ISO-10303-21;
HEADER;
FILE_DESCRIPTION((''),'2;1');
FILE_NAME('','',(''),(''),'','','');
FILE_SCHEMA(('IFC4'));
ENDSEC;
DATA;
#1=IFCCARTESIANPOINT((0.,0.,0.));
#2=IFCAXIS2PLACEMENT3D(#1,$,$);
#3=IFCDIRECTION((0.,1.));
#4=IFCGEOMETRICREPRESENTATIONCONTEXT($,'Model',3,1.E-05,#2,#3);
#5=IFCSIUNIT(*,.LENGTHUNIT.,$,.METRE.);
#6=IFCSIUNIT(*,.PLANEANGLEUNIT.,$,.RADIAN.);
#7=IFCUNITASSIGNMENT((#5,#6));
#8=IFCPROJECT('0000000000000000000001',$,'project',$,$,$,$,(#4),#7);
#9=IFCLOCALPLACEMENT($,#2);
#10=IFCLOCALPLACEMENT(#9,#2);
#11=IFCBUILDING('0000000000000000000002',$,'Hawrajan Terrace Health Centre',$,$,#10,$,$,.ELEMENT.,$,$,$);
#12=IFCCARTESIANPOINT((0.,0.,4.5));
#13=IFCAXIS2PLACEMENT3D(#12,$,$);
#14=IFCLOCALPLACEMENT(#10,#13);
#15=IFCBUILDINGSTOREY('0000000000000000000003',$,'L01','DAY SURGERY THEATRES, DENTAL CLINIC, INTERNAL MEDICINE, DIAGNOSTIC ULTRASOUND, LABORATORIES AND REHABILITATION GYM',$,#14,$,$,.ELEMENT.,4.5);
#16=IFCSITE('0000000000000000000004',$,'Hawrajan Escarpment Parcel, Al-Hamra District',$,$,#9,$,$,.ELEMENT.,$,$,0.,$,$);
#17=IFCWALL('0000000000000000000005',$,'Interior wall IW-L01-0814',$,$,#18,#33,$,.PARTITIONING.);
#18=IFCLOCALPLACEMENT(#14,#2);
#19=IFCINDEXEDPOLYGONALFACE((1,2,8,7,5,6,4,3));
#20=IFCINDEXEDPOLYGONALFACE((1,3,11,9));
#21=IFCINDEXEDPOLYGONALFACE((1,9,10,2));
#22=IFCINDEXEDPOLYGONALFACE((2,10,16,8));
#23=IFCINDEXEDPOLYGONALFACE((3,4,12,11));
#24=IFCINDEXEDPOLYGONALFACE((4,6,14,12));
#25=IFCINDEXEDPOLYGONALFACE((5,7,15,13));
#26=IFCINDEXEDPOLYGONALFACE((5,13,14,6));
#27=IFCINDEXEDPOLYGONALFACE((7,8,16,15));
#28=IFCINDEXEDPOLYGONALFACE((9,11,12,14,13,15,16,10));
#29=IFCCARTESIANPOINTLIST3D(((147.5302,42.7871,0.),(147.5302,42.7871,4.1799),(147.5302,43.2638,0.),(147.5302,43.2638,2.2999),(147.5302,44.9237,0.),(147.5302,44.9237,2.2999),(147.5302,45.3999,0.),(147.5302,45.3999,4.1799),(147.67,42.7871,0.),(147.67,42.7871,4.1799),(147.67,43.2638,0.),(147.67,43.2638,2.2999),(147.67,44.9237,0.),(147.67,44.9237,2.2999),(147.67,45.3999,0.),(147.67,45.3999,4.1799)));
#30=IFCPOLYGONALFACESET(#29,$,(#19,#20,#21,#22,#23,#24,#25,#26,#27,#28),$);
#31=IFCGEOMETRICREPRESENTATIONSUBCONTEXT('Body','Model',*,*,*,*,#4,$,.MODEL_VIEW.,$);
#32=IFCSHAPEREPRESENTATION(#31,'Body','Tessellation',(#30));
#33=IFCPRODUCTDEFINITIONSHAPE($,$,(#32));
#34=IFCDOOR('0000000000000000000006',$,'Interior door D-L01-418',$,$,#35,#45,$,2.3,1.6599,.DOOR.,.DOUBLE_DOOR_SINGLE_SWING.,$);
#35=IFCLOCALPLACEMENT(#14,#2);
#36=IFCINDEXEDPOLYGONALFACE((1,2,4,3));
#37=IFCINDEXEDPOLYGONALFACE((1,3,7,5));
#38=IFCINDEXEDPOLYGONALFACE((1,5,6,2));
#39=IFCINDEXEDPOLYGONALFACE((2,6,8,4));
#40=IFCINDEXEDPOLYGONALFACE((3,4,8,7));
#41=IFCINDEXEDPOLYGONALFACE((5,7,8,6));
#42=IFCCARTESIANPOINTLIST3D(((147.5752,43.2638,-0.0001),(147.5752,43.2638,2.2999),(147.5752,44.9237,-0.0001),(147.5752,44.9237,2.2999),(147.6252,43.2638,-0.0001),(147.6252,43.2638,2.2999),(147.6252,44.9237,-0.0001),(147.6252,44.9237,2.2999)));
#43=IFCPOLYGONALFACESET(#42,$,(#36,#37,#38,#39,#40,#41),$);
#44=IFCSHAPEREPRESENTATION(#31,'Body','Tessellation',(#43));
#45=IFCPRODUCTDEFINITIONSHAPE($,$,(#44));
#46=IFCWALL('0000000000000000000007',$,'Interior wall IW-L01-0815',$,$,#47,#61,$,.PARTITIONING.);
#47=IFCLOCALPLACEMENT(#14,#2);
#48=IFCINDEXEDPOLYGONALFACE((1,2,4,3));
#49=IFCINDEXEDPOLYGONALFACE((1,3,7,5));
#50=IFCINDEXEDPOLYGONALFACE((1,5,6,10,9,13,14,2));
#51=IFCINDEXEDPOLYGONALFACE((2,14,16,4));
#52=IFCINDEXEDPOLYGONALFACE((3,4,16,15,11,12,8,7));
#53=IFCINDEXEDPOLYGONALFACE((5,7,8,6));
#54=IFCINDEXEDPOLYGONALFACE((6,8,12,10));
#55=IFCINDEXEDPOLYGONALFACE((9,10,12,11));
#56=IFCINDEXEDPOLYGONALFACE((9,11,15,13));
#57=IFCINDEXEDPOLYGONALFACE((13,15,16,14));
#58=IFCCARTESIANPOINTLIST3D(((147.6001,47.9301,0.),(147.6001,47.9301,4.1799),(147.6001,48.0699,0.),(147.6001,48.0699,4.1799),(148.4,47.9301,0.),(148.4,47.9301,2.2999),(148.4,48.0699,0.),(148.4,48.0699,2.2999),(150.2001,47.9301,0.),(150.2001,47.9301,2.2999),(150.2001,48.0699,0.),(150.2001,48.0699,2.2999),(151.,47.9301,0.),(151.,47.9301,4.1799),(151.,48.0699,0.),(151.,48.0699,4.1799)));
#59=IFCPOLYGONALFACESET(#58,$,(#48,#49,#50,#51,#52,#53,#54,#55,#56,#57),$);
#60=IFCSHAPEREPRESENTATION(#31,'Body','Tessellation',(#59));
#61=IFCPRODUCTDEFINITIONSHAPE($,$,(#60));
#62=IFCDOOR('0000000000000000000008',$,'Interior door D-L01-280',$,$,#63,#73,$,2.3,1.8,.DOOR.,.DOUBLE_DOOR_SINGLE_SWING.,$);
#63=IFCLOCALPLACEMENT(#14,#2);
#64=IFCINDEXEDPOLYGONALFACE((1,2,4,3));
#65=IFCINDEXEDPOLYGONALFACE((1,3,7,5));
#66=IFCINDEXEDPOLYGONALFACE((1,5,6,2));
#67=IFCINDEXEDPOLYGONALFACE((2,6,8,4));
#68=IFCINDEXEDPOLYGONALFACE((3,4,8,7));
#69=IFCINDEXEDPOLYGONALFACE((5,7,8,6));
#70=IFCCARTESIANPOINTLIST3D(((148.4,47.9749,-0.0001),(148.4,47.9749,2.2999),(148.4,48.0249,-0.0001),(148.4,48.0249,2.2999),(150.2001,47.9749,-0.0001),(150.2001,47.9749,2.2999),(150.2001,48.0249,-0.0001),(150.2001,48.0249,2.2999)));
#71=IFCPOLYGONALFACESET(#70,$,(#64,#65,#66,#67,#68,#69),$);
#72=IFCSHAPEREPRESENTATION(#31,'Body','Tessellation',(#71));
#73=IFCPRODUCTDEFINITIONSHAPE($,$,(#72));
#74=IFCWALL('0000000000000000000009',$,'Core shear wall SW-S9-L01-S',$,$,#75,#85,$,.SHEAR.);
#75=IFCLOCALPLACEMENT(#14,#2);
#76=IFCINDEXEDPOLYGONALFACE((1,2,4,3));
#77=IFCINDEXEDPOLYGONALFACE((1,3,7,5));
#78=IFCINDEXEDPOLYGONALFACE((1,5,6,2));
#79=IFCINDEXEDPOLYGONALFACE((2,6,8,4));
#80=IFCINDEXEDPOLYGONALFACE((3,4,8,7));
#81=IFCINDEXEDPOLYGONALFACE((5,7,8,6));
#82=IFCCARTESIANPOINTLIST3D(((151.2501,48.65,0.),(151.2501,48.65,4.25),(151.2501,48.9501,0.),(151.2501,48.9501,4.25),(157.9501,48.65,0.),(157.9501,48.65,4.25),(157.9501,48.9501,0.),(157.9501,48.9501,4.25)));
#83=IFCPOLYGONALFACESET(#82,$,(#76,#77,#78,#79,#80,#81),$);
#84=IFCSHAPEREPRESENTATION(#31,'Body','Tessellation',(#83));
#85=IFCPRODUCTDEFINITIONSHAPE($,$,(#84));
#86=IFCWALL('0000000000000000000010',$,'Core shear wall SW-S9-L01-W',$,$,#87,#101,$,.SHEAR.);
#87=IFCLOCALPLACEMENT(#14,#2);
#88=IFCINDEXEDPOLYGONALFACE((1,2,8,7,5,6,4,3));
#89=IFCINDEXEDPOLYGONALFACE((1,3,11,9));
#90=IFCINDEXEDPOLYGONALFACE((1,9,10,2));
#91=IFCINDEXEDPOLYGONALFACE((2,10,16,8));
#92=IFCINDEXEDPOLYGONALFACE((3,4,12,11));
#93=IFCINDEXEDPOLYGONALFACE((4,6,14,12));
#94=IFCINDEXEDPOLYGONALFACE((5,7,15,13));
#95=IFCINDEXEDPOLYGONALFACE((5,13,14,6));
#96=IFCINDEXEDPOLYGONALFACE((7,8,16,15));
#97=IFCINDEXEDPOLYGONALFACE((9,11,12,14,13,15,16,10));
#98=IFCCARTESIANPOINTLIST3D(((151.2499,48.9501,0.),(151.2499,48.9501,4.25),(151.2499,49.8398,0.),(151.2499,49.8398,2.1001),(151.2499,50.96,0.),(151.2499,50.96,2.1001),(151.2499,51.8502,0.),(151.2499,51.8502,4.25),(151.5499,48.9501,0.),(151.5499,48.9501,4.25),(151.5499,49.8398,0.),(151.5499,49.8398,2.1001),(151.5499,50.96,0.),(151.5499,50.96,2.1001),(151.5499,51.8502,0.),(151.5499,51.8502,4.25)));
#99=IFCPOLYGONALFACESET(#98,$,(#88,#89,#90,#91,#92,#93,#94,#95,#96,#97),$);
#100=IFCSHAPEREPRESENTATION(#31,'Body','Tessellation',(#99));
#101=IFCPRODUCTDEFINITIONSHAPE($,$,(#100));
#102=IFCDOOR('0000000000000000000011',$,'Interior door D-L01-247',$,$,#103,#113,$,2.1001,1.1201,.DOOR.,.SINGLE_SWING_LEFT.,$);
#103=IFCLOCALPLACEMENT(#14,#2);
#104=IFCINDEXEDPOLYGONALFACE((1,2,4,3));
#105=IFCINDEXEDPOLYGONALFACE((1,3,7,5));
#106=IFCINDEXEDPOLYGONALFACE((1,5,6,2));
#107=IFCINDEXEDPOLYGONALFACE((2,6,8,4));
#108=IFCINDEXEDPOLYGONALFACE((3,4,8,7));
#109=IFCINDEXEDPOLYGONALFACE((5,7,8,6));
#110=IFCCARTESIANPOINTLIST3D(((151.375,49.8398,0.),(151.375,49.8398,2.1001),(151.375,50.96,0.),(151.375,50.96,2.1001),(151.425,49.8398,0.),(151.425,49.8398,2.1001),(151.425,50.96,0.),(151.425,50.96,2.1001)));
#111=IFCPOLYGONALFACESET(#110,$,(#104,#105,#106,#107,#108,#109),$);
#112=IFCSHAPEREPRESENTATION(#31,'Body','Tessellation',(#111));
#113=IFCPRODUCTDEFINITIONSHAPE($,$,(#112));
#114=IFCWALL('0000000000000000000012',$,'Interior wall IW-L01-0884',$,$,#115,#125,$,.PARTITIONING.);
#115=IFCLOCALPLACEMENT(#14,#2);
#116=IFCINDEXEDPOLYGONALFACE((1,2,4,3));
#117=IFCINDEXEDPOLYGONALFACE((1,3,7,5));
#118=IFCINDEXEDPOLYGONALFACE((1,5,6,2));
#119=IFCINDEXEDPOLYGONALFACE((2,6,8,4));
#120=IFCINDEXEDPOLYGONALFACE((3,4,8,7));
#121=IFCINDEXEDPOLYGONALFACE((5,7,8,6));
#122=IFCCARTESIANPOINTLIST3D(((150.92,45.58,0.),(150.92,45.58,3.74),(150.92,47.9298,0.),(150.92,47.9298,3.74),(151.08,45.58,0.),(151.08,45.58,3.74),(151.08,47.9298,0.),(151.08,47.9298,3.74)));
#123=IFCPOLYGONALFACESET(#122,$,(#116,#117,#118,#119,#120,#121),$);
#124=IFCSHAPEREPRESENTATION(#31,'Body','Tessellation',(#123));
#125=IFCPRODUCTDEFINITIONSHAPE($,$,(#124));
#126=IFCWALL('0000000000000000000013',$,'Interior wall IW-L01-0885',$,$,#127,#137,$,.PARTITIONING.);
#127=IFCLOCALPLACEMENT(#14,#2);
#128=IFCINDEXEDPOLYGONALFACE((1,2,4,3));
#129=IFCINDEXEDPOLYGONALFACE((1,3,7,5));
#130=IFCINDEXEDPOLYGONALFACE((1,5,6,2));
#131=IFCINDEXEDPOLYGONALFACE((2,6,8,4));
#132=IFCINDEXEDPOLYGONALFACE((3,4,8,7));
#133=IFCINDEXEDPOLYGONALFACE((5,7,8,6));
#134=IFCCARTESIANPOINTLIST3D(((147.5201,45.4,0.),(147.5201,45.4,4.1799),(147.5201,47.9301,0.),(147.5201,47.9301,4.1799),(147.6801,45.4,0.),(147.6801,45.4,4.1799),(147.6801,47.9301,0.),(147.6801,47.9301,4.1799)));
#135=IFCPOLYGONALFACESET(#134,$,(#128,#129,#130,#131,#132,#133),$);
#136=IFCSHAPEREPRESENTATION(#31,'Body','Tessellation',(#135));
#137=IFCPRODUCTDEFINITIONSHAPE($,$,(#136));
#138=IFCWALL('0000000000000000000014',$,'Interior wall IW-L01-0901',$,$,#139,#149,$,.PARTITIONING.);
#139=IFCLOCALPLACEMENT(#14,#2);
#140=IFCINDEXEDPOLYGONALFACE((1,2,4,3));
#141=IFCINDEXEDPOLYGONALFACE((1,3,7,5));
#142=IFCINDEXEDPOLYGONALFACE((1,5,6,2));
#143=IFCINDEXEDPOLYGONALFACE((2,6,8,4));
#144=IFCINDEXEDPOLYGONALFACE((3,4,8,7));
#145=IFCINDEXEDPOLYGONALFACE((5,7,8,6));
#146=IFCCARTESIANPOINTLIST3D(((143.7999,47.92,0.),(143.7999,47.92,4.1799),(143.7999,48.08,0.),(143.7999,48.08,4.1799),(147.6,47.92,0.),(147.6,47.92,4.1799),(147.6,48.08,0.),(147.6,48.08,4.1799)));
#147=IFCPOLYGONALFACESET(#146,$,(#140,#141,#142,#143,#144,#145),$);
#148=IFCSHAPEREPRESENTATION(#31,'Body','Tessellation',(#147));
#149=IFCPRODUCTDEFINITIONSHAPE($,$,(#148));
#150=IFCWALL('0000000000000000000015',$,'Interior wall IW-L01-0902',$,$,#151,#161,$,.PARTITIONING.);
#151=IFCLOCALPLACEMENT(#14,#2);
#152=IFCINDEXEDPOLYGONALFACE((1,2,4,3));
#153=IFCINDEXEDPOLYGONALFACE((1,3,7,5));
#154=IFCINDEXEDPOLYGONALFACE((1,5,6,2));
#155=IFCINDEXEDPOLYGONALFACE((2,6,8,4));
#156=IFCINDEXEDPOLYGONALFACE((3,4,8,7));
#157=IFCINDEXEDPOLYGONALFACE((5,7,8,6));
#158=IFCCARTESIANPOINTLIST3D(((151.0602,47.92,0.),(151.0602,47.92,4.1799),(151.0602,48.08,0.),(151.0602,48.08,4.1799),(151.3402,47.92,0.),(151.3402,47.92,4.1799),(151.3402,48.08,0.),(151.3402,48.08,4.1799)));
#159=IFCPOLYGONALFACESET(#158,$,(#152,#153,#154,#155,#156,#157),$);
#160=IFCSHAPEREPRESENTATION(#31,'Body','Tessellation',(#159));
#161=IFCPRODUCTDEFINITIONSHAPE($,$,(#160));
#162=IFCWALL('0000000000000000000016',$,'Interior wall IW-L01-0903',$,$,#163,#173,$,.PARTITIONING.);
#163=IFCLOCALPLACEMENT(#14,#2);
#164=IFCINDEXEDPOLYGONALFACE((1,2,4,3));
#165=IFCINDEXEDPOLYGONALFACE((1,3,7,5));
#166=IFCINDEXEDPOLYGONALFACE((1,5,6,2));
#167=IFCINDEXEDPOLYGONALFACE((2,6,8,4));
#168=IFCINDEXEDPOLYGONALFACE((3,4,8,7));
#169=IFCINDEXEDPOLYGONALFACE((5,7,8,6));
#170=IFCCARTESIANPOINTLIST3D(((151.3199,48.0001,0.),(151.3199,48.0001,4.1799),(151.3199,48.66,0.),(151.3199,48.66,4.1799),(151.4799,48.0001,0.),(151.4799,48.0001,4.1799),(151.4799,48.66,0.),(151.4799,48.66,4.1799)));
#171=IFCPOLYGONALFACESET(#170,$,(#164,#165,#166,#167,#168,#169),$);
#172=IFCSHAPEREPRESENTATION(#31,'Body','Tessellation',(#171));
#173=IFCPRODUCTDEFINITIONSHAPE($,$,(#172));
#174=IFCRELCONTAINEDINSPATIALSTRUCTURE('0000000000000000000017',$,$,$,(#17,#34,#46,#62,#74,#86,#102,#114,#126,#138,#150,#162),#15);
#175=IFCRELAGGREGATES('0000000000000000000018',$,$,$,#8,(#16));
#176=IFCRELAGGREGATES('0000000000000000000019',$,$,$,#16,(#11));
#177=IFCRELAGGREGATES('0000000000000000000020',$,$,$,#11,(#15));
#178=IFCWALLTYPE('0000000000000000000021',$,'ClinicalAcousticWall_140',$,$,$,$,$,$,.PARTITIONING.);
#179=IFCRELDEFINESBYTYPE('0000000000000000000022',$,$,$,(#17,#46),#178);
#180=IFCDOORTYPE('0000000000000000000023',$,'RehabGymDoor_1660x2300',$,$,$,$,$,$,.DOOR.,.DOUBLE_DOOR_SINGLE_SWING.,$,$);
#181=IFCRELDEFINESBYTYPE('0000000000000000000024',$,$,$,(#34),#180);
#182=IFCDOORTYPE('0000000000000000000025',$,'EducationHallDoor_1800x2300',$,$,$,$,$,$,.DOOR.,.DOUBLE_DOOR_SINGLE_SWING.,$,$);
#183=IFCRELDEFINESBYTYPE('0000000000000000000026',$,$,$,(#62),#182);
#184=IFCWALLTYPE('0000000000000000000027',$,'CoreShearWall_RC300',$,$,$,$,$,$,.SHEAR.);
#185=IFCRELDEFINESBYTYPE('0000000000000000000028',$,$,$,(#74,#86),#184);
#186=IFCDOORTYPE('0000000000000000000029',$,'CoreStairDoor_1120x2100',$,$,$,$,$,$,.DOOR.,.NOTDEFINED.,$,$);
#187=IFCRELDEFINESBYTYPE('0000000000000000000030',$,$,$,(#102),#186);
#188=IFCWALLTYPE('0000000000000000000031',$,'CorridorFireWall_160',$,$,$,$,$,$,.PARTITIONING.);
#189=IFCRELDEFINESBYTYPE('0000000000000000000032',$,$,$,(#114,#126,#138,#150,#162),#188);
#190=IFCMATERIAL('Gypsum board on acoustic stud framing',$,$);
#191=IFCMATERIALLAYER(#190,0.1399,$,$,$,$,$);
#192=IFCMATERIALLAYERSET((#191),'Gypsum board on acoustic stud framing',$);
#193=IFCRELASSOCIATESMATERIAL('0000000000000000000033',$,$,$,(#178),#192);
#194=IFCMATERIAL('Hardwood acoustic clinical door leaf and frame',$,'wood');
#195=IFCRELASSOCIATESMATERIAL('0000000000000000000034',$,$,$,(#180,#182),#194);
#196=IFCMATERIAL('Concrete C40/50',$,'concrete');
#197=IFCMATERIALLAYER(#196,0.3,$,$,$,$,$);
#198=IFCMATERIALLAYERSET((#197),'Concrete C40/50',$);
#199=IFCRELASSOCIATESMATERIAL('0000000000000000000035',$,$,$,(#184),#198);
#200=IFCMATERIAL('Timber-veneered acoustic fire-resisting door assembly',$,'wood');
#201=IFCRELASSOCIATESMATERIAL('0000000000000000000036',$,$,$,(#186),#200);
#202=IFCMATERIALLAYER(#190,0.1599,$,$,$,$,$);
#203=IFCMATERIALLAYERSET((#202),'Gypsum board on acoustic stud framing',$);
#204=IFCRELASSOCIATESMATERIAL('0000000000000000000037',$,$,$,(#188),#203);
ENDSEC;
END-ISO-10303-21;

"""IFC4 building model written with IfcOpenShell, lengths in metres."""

from ifc_helpers import new_model, si_unit, direction, frame, frame_2d, origin, place, context, subcontext, project, spatial, rectangle, extrude, material, layer, layer_set, type_object, element, fill, save


model = new_model("IFC4")

# Units and contexts
model_context = context("Model", 3, precision=1e-05, world=origin(), true_north=direction((0.0, 1.0)))
body_context = subcontext(model_context, "Body", "Model", "MODEL_VIEW")
ifc_project = project(units=[si_unit("LENGTHUNIT", "METRE"), si_unit("PLANEANGLEUNIT", "RADIAN")], contexts=[model_context])

# Site, building, storey
site_placement = place(None, origin())
site = spatial("IfcSite", under=ifc_project, at=site_placement, Name="Hawrajan Escarpment Parcel, Al-Hamra District", CompositionType="ELEMENT", RefElevation=0.0)
building_placement = place(site_placement, origin())
building = spatial("IfcBuilding", under=site, at=building_placement, Name="Hawrajan Terrace Health Centre", CompositionType="ELEMENT")
storey_placement = place(building_placement, frame((0.0, 0.0, 4.5)))
storey = spatial("IfcBuildingStorey", under=building, at=storey_placement, Name="L01", Description="DAY SURGERY THEATRES, DENTAL CLINIC, INTERNAL MEDICINE, DIAGNOSTIC ULTRASOUND, LABORATORIES AND REHABILITATION GYM", CompositionType="ELEMENT", Elevation=4.5)

# Shared definitions
ifc_material_1 = material(Name="Concrete C40/50", Category="concrete")

# Shared definitions
ifc_material_2 = material(Name="Gypsum board on acoustic stud framing")
ifc_layer_1 = layer(ifc_material_2, 0.1399)
ifc_layer_set_1 = layer_set([ifc_layer_1], Name="Gypsum board on acoustic stud framing")
wall_type_1 = type_object("IfcWallType", Name="ClinicalAcousticWall_140", PredefinedType="PARTITIONING", material=ifc_layer_set_1)

# Walls, openings, doors
wall_1_placement = place(storey_placement, frame((147.6001, 42.7871, 0.0), z_axis=(0.0, 0.0, 1.0), x_axis=(0.0, 1.0, 0.0)))
wall_1 = element("IfcWall", 1, at=wall_1_placement, inside=storey, type_object=wall_type_1, Name="Interior wall IW-L01-0814", PredefinedType="PARTITIONING", context=body_context, shape_type="SweptSolid", body=[
    extrude(rectangle(XDim=2.6128, YDim=0.1399, at=frame_2d((1.3064, 0.0))), origin(), (0.0, 0.0, 1.0), 4.1799),
])
opening_1_placement = place(wall_1_placement, frame((0.4766, 0.0, 0.0)))
opening_1 = element("IfcOpeningElement", 2, at=opening_1_placement, cuts=wall_1, PredefinedType="OPENING", context=body_context, shape_type="SweptSolid", body=[
    extrude(rectangle(XDim=1.6599, YDim=2.3, at=frame_2d((0.8301, 1.1499))), frame((0.0, 0.0798, 0.0), z_axis=(0.0, -1.0, 0.0), x_axis=(1.0, 0.0, 0.0)), (0.0, 0.0, 1.0), 0.1599),
])
ifc_material_3 = material(Name="Hardwood acoustic clinical door leaf and frame", Category="wood")
door_type_1 = type_object("IfcDoorType", Name="RehabGymDoor_1660x2300", OperationType="DOUBLE_DOOR_SINGLE_SWING", PredefinedType="DOOR", material=ifc_material_3)
door_1_placement = place(opening_1_placement, origin())
door_1 = element("IfcDoor", 3, at=door_1_placement, inside=storey, type_object=door_type_1, Name="Interior door D-L01-418", OperationType="DOUBLE_DOOR_SINGLE_SWING", OverallHeight=2.3, OverallWidth=1.6599, PredefinedType="DOOR", context=body_context, shape_type="SweptSolid", body=[
    extrude(rectangle(XDim=1.6599, YDim=2.3, at=frame_2d((0.8301, 1.1499))), frame((0.0, 0.0249, 0.0), z_axis=(0.0, -1.0, 0.0), x_axis=(1.0, 0.0, 0.0)), (0.0, 0.0, 1.0), 0.05),
])
fill(opening_1, door_1)
wall_2_placement = place(storey_placement, frame((147.6001, 48.0, 0.0), z_axis=(0.0, 0.0, 1.0), x_axis=(1.0, 0.0, 0.0)))
wall_2 = element("IfcWall", 4, at=wall_2_placement, inside=storey, type_object=wall_type_1, Name="Interior wall IW-L01-0815", PredefinedType="PARTITIONING", context=body_context, shape_type="SweptSolid", body=[
    extrude(rectangle(XDim=3.3999, YDim=0.1399, at=frame_2d((1.7, 0.0))), origin(), (0.0, 0.0, 1.0), 4.1799),
])
opening_2_placement = place(wall_2_placement, frame((0.8, 0.0, 0.0)))
opening_2 = element("IfcOpeningElement", 5, at=opening_2_placement, cuts=wall_2, PredefinedType="OPENING", context=body_context, shape_type="SweptSolid", body=[
    extrude(rectangle(XDim=1.8, YDim=2.3, at=frame_2d((0.8999, 1.1499))), frame((0.0, 0.0798, 0.0), z_axis=(0.0, -1.0, 0.0), x_axis=(1.0, 0.0, 0.0)), (0.0, 0.0, 1.0), 0.1599),
])
door_type_2 = type_object("IfcDoorType", Name="EducationHallDoor_1800x2300", OperationType="DOUBLE_DOOR_SINGLE_SWING", PredefinedType="DOOR", material=ifc_material_3)
door_2_placement = place(opening_2_placement, origin())
door_2 = element("IfcDoor", 6, at=door_2_placement, inside=storey, type_object=door_type_2, Name="Interior door D-L01-280", OperationType="DOUBLE_DOOR_SINGLE_SWING", OverallHeight=2.3, OverallWidth=1.8, PredefinedType="DOOR", context=body_context, shape_type="SweptSolid", body=[
    extrude(rectangle(XDim=1.8, YDim=2.3, at=frame_2d((0.8999, 1.1499))), frame((0.0, 0.0249, 0.0), z_axis=(0.0, -1.0, 0.0), x_axis=(1.0, 0.0, 0.0)), (0.0, 0.0, 1.0), 0.05),
])
fill(opening_2, door_2)

# Wall
ifc_layer_2 = layer(ifc_material_1, 0.3)
ifc_layer_set_2 = layer_set([ifc_layer_2], Name="Concrete C40/50")
wall_type_2 = type_object("IfcWallType", Name="CoreShearWall_RC300", PredefinedType="SHEAR", material=ifc_layer_set_2)
wall_3_placement = place(storey_placement, frame((151.25, 48.8, 0.0), z_axis=(0.0, 0.0, 1.0), x_axis=(1.0, 0.0, 0.0)))
element("IfcWall", 7, at=wall_3_placement, inside=storey, type_object=wall_type_2, Name="Core shear wall SW-S9-L01-S", PredefinedType="SHEAR", context=body_context, shape_type="SweptSolid", body=[
    extrude(rectangle(XDim=6.7, YDim=0.3, at=frame_2d((3.3501, 0.0))), origin(), (0.0, 0.0, 1.0), 4.25),
])

# Wall, opening, door
wall_4_placement = place(storey_placement, frame((151.3999, 48.95, 0.0), z_axis=(0.0, 0.0, 1.0), x_axis=(0.0, 1.0, 0.0)))
wall_4 = element("IfcWall", 8, at=wall_4_placement, inside=storey, type_object=wall_type_2, Name="Core shear wall SW-S9-L01-W", PredefinedType="SHEAR", context=body_context, shape_type="SweptSolid", body=[
    extrude(rectangle(XDim=2.9001, YDim=0.3, at=frame_2d((1.4502, 0.0))), origin(), (0.0, 0.0, 1.0), 4.25),
])
opening_3_placement = place(wall_4_placement, frame((0.8899, 0.0, 0.0)))
opening_3 = element("IfcOpeningElement", 9, at=opening_3_placement, cuts=wall_4, PredefinedType="OPENING", context=body_context, shape_type="SweptSolid", body=[
    extrude(rectangle(XDim=1.1201, YDim=2.1001, at=frame_2d((0.5601, 1.05))), frame((0.0, 0.1599, 0.0), z_axis=(0.0, -1.0, 0.0), x_axis=(1.0, 0.0, 0.0)), (0.0, 0.0, 1.0), 0.3201),
])
ifc_material_4 = material(Name="Timber-veneered acoustic fire-resisting door assembly", Category="wood")
door_type_3 = type_object("IfcDoorType", Name="CoreStairDoor_1120x2100", OperationType="NOTDEFINED", PredefinedType="DOOR", material=ifc_material_4)
door_3_placement = place(opening_3_placement, origin())
door_3 = element("IfcDoor", 10, at=door_3_placement, inside=storey, type_object=door_type_3, Name="Interior door D-L01-247", OperationType="SINGLE_SWING_LEFT", OverallHeight=2.1001, OverallWidth=1.1201, PredefinedType="DOOR", context=body_context, shape_type="SweptSolid", body=[
    extrude(rectangle(XDim=1.1201, YDim=2.1001, at=frame_2d((0.5601, 1.05))), frame((0.0, 0.0249, 0.0), z_axis=(0.0, -1.0, 0.0), x_axis=(1.0, 0.0, 0.0)), (0.0, 0.0, 1.0), 0.05),
])
fill(opening_3, door_3)

# Walls
ifc_layer_3 = layer(ifc_material_2, 0.1599)
ifc_layer_set_3 = layer_set([ifc_layer_3], Name="Gypsum board on acoustic stud framing")
wall_type_3 = type_object("IfcWallType", Name="CorridorFireWall_160", PredefinedType="PARTITIONING", material=ifc_layer_set_3)
wall_5_placement = place(storey_placement, frame((151.0, 45.5801, 0.0), z_axis=(0.0, 0.0, 1.0), x_axis=(0.0, 1.0, 0.0)))
element("IfcWall", 11, at=wall_5_placement, inside=storey, type_object=wall_type_3, Name="Interior wall IW-L01-0884", PredefinedType="PARTITIONING", context=body_context, shape_type="SweptSolid", body=[
    extrude(rectangle(XDim=2.3499, YDim=0.1599, at=frame_2d((1.1748, 0.0))), origin(), (0.0, 0.0, 1.0), 3.74),
])
wall_6_placement = place(storey_placement, frame((147.6001, 45.3999, 0.0), z_axis=(0.0, 0.0, 1.0), x_axis=(0.0, 1.0, 0.0)))
element("IfcWall", 12, at=wall_6_placement, inside=storey, type_object=wall_type_3, Name="Interior wall IW-L01-0885", PredefinedType="PARTITIONING", context=body_context, shape_type="SweptSolid", body=[
    extrude(rectangle(XDim=2.53, YDim=0.1599, at=frame_2d((1.2651, 0.0))), origin(), (0.0, 0.0, 1.0), 4.1799),
])
wall_7_placement = place(storey_placement, frame((143.8, 48.0, 0.0), z_axis=(0.0, 0.0, 1.0), x_axis=(1.0, 0.0, 0.0)))
element("IfcWall", 13, at=wall_7_placement, inside=storey, type_object=wall_type_3, Name="Interior wall IW-L01-0901", PredefinedType="PARTITIONING", context=body_context, shape_type="SweptSolid", body=[
    extrude(rectangle(XDim=3.8, YDim=0.1599, at=frame_2d((1.8999, 0.0))), origin(), (0.0, 0.0, 1.0), 4.1799),
])
wall_8_placement = place(storey_placement, frame((151.0601, 48.0, 0.0), z_axis=(0.0, 0.0, 1.0), x_axis=(1.0, 0.0, 0.0)))
element("IfcWall", 14, at=wall_8_placement, inside=storey, type_object=wall_type_3, Name="Interior wall IW-L01-0902", PredefinedType="PARTITIONING", context=body_context, shape_type="SweptSolid", body=[
    extrude(rectangle(XDim=0.28, YDim=0.1599, at=frame_2d((0.1401, 0.0))), origin(), (0.0, 0.0, 1.0), 4.1799),
])
wall_9_placement = place(storey_placement, frame((151.3999, 48.0, 0.0), z_axis=(0.0, 0.0, 1.0), x_axis=(0.0, 1.0, 0.0)))
element("IfcWall", 15, at=wall_9_placement, inside=storey, type_object=wall_type_3, Name="Interior wall IW-L01-0903", PredefinedType="PARTITIONING", context=body_context, shape_type="SweptSolid", body=[
    extrude(rectangle(XDim=0.6599, YDim=0.1599, at=frame_2d((0.3301, 0.0))), origin(), (0.0, 0.0, 1.0), 4.1799),
])

save(model, "model.ifc")
